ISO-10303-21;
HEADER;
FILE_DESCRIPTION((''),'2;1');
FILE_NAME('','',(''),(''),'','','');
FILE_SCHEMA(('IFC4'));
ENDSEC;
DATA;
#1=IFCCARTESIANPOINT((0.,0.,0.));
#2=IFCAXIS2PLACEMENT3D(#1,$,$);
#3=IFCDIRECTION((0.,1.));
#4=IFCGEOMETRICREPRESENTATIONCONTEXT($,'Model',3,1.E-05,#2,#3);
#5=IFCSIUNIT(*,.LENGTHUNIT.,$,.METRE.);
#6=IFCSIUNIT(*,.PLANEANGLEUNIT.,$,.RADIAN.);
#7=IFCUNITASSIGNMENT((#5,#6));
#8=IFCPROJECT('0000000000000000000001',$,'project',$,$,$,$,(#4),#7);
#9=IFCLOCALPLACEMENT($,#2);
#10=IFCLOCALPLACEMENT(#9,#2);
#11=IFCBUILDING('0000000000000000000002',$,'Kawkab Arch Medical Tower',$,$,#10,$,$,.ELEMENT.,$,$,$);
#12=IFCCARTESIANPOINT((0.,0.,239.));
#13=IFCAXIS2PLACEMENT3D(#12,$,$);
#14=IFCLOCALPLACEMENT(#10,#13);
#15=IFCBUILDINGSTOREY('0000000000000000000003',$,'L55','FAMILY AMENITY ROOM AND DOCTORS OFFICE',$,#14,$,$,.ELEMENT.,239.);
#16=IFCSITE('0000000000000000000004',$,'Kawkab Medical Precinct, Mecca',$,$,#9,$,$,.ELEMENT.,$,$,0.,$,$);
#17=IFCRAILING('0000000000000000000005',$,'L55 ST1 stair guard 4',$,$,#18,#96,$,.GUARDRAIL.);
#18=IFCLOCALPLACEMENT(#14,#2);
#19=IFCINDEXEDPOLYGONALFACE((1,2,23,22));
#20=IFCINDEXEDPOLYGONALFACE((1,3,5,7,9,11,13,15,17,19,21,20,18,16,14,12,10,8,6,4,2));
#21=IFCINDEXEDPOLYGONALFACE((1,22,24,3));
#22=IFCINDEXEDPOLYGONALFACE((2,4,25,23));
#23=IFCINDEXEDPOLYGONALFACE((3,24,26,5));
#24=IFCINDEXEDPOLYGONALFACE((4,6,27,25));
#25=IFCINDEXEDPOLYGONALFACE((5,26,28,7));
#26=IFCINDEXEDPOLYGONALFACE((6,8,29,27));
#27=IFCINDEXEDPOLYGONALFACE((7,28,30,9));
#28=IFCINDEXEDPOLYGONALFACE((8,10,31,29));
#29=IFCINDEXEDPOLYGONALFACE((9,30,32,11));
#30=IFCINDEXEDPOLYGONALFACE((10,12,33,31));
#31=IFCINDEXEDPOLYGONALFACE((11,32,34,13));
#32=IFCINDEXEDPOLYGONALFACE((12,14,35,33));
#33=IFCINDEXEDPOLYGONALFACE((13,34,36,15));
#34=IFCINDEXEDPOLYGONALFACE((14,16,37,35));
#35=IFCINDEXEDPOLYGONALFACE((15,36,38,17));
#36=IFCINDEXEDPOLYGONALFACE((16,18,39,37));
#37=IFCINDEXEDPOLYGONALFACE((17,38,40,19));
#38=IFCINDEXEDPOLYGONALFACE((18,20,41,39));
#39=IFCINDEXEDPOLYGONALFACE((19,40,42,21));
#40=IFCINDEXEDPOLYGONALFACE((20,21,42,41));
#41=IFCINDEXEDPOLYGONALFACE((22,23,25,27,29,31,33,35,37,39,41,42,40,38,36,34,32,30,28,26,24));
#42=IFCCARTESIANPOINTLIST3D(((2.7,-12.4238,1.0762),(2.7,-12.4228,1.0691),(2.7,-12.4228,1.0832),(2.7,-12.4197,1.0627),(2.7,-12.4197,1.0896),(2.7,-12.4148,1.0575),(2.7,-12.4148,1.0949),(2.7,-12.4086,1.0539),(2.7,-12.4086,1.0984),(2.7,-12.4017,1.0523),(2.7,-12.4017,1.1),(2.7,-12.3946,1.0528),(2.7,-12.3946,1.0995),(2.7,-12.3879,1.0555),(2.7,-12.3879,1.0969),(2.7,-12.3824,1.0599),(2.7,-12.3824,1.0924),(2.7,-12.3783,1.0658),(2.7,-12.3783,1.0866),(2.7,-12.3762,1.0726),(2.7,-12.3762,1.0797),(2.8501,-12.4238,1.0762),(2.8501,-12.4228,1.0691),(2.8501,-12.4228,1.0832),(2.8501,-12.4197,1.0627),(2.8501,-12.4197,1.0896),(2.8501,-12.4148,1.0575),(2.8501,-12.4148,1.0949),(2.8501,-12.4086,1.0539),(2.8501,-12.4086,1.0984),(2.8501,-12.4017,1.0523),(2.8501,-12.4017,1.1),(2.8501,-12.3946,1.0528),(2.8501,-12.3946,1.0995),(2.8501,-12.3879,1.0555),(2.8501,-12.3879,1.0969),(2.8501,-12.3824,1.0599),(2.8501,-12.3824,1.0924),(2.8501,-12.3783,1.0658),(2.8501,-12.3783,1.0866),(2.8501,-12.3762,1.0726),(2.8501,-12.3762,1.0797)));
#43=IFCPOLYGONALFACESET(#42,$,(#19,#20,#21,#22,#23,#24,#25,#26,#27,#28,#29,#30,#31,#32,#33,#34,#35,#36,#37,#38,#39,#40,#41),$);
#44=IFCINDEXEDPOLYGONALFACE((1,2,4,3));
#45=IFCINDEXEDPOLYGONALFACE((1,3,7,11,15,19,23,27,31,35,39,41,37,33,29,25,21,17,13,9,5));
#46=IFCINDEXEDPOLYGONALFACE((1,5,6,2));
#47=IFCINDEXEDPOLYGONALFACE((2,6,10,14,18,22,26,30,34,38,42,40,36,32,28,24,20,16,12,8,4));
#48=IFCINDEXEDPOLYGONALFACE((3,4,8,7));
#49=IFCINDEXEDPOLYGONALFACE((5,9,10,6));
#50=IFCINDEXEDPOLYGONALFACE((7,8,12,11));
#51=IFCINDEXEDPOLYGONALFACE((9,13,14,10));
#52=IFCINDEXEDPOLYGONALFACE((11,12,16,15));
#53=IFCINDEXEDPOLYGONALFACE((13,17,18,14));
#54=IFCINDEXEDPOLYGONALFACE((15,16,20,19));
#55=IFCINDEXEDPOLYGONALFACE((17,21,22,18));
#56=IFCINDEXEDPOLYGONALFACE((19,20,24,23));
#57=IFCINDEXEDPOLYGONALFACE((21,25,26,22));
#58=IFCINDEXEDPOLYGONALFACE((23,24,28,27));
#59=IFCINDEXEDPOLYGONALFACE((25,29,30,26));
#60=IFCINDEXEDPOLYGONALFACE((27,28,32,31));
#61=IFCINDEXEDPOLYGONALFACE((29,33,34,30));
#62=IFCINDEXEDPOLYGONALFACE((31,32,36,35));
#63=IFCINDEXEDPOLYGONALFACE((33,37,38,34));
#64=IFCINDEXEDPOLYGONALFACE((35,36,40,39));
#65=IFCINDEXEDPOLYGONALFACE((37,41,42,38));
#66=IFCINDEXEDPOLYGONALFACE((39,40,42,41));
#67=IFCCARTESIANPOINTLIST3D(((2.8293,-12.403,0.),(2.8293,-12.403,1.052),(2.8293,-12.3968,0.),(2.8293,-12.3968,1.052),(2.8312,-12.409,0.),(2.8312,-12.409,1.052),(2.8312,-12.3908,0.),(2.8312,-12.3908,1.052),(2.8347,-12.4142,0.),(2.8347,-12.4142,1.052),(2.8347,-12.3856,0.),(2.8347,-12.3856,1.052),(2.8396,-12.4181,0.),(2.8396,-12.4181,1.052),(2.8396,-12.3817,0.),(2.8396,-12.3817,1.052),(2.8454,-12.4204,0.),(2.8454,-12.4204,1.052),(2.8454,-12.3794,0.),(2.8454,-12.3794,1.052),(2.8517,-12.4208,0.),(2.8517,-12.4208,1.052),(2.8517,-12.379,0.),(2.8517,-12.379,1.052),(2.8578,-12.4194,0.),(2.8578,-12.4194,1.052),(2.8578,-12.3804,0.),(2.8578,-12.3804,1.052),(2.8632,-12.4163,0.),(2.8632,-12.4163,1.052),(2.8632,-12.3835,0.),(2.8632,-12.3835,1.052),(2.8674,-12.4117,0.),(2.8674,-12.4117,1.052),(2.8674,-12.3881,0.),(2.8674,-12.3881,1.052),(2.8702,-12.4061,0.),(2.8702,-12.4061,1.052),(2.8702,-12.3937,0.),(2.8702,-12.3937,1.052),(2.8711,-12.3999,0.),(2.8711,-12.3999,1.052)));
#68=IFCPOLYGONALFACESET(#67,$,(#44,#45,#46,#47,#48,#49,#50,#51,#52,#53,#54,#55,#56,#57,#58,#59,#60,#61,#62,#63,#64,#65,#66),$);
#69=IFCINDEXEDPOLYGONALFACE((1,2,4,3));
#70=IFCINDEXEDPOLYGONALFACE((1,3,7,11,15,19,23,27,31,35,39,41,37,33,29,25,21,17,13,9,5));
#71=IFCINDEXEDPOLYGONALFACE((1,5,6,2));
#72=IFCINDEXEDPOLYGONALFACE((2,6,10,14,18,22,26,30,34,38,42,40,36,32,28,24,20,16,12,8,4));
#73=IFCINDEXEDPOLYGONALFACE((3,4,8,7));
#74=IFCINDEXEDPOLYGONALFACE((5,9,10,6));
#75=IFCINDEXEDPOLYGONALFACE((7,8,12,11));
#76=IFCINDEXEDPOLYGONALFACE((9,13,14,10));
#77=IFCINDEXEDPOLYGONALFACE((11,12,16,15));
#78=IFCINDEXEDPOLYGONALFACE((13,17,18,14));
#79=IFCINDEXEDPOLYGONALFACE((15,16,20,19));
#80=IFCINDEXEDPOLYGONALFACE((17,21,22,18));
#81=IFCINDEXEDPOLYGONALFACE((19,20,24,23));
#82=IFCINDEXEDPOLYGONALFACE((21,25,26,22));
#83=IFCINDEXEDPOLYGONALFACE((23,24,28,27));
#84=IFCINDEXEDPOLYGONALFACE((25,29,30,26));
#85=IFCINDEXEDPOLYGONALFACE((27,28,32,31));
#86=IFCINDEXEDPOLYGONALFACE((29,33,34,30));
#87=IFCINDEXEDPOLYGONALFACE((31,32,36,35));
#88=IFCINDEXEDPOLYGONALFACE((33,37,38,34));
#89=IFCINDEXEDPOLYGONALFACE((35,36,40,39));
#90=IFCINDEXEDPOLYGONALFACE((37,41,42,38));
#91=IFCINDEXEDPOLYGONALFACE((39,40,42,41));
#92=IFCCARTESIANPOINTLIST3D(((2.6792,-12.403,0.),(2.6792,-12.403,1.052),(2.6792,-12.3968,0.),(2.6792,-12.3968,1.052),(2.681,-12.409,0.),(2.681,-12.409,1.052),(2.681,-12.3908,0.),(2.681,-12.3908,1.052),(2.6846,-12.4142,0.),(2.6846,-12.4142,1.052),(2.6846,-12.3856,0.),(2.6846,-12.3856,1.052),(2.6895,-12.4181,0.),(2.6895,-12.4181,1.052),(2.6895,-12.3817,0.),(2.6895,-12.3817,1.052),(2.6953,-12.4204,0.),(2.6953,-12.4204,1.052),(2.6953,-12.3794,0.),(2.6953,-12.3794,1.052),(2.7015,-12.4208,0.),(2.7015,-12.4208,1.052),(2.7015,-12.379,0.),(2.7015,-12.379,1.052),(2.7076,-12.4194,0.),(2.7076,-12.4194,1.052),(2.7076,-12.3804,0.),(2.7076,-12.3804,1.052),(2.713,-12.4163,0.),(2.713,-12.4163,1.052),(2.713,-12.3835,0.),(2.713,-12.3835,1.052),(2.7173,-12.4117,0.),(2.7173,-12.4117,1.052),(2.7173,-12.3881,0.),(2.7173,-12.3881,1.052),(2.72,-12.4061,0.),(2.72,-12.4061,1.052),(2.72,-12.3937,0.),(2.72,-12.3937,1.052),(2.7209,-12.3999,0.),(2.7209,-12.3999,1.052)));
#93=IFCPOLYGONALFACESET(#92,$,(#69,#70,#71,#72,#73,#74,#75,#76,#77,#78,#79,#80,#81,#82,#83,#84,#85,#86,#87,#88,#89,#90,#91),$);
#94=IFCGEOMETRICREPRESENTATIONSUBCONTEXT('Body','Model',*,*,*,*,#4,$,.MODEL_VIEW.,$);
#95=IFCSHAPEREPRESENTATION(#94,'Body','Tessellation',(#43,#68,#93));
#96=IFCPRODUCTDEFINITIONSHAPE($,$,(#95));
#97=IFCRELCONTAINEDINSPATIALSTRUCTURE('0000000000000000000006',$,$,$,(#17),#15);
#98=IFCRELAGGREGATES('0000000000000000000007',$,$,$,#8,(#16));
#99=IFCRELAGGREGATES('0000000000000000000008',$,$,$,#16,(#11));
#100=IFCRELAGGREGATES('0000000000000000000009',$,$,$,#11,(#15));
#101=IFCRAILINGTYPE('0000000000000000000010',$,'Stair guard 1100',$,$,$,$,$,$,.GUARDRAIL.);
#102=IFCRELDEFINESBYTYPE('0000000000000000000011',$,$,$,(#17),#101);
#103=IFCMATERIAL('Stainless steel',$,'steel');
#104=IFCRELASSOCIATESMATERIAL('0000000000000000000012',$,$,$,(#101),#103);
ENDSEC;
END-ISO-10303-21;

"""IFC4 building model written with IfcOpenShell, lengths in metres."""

from ifc_helpers import new_model, si_unit, direction, frame, origin, origin_2d, place, context, subcontext, project, spatial, circle, extrude, material, type_object, element, save


model = new_model("IFC4")

# Units and contexts
model_context = context("Model", 3, precision=1e-05, world=origin(), true_north=direction((0.0, 1.0)))
body_context = subcontext(model_context, "Body", "Model", "MODEL_VIEW")
ifc_project = project(units=[si_unit("LENGTHUNIT", "METRE"), si_unit("PLANEANGLEUNIT", "RADIAN")], contexts=[model_context])

# Site, building, storey
site_placement = place(None, origin())
site = spatial("IfcSite", under=ifc_project, at=site_placement, Name="Kawkab Medical Precinct, Mecca", CompositionType="ELEMENT", RefElevation=0.0)
building_placement = place(site_placement, origin())
building = spatial("IfcBuilding", under=site, at=building_placement, Name="Kawkab Arch Medical Tower", CompositionType="ELEMENT")
storey_placement = place(building_placement, frame((0.0, 0.0, 239.0)))
storey = spatial("IfcBuildingStorey", under=building, at=storey_placement, Name="L55", Description="FAMILY AMENITY ROOM AND DOCTORS OFFICE", CompositionType="ELEMENT", Elevation=239.0)

# Railing
ifc_material_1 = material(Name="Stainless steel", Category="steel")
railing_type_1 = type_object("IfcRailingType", Name="Stair guard 1100", PredefinedType="GUARDRAIL", material=ifc_material_1)
railing_1_placement = place(storey_placement, frame((2.8501, -12.3999, 0.0)))
element("IfcRailing", 1, at=railing_1_placement, inside=storey, type_object=railing_type_1, Name="L55 ST1 stair guard 4", PredefinedType="GUARDRAIL", context=body_context, shape_type="SweptSolid", body=[
    extrude(circle(Radius=0.0239, at=origin_2d()), frame((0.0, 0.0, 1.0762), z_axis=(-1.0, 0.0, 0.0), x_axis=(0.0, -1.0, 0.0)), (0.0, 0.0, 1.0), 0.1501),
    extrude(circle(Radius=0.021, at=origin_2d()), origin(), (0.0, 0.0, 1.0), 1.052),
    extrude(circle(Radius=0.021, at=origin_2d()), frame((-0.1501, 0.0, 0.0)), (0.0, 0.0, 1.0), 1.052),
])

save(model, "model.ifc")
